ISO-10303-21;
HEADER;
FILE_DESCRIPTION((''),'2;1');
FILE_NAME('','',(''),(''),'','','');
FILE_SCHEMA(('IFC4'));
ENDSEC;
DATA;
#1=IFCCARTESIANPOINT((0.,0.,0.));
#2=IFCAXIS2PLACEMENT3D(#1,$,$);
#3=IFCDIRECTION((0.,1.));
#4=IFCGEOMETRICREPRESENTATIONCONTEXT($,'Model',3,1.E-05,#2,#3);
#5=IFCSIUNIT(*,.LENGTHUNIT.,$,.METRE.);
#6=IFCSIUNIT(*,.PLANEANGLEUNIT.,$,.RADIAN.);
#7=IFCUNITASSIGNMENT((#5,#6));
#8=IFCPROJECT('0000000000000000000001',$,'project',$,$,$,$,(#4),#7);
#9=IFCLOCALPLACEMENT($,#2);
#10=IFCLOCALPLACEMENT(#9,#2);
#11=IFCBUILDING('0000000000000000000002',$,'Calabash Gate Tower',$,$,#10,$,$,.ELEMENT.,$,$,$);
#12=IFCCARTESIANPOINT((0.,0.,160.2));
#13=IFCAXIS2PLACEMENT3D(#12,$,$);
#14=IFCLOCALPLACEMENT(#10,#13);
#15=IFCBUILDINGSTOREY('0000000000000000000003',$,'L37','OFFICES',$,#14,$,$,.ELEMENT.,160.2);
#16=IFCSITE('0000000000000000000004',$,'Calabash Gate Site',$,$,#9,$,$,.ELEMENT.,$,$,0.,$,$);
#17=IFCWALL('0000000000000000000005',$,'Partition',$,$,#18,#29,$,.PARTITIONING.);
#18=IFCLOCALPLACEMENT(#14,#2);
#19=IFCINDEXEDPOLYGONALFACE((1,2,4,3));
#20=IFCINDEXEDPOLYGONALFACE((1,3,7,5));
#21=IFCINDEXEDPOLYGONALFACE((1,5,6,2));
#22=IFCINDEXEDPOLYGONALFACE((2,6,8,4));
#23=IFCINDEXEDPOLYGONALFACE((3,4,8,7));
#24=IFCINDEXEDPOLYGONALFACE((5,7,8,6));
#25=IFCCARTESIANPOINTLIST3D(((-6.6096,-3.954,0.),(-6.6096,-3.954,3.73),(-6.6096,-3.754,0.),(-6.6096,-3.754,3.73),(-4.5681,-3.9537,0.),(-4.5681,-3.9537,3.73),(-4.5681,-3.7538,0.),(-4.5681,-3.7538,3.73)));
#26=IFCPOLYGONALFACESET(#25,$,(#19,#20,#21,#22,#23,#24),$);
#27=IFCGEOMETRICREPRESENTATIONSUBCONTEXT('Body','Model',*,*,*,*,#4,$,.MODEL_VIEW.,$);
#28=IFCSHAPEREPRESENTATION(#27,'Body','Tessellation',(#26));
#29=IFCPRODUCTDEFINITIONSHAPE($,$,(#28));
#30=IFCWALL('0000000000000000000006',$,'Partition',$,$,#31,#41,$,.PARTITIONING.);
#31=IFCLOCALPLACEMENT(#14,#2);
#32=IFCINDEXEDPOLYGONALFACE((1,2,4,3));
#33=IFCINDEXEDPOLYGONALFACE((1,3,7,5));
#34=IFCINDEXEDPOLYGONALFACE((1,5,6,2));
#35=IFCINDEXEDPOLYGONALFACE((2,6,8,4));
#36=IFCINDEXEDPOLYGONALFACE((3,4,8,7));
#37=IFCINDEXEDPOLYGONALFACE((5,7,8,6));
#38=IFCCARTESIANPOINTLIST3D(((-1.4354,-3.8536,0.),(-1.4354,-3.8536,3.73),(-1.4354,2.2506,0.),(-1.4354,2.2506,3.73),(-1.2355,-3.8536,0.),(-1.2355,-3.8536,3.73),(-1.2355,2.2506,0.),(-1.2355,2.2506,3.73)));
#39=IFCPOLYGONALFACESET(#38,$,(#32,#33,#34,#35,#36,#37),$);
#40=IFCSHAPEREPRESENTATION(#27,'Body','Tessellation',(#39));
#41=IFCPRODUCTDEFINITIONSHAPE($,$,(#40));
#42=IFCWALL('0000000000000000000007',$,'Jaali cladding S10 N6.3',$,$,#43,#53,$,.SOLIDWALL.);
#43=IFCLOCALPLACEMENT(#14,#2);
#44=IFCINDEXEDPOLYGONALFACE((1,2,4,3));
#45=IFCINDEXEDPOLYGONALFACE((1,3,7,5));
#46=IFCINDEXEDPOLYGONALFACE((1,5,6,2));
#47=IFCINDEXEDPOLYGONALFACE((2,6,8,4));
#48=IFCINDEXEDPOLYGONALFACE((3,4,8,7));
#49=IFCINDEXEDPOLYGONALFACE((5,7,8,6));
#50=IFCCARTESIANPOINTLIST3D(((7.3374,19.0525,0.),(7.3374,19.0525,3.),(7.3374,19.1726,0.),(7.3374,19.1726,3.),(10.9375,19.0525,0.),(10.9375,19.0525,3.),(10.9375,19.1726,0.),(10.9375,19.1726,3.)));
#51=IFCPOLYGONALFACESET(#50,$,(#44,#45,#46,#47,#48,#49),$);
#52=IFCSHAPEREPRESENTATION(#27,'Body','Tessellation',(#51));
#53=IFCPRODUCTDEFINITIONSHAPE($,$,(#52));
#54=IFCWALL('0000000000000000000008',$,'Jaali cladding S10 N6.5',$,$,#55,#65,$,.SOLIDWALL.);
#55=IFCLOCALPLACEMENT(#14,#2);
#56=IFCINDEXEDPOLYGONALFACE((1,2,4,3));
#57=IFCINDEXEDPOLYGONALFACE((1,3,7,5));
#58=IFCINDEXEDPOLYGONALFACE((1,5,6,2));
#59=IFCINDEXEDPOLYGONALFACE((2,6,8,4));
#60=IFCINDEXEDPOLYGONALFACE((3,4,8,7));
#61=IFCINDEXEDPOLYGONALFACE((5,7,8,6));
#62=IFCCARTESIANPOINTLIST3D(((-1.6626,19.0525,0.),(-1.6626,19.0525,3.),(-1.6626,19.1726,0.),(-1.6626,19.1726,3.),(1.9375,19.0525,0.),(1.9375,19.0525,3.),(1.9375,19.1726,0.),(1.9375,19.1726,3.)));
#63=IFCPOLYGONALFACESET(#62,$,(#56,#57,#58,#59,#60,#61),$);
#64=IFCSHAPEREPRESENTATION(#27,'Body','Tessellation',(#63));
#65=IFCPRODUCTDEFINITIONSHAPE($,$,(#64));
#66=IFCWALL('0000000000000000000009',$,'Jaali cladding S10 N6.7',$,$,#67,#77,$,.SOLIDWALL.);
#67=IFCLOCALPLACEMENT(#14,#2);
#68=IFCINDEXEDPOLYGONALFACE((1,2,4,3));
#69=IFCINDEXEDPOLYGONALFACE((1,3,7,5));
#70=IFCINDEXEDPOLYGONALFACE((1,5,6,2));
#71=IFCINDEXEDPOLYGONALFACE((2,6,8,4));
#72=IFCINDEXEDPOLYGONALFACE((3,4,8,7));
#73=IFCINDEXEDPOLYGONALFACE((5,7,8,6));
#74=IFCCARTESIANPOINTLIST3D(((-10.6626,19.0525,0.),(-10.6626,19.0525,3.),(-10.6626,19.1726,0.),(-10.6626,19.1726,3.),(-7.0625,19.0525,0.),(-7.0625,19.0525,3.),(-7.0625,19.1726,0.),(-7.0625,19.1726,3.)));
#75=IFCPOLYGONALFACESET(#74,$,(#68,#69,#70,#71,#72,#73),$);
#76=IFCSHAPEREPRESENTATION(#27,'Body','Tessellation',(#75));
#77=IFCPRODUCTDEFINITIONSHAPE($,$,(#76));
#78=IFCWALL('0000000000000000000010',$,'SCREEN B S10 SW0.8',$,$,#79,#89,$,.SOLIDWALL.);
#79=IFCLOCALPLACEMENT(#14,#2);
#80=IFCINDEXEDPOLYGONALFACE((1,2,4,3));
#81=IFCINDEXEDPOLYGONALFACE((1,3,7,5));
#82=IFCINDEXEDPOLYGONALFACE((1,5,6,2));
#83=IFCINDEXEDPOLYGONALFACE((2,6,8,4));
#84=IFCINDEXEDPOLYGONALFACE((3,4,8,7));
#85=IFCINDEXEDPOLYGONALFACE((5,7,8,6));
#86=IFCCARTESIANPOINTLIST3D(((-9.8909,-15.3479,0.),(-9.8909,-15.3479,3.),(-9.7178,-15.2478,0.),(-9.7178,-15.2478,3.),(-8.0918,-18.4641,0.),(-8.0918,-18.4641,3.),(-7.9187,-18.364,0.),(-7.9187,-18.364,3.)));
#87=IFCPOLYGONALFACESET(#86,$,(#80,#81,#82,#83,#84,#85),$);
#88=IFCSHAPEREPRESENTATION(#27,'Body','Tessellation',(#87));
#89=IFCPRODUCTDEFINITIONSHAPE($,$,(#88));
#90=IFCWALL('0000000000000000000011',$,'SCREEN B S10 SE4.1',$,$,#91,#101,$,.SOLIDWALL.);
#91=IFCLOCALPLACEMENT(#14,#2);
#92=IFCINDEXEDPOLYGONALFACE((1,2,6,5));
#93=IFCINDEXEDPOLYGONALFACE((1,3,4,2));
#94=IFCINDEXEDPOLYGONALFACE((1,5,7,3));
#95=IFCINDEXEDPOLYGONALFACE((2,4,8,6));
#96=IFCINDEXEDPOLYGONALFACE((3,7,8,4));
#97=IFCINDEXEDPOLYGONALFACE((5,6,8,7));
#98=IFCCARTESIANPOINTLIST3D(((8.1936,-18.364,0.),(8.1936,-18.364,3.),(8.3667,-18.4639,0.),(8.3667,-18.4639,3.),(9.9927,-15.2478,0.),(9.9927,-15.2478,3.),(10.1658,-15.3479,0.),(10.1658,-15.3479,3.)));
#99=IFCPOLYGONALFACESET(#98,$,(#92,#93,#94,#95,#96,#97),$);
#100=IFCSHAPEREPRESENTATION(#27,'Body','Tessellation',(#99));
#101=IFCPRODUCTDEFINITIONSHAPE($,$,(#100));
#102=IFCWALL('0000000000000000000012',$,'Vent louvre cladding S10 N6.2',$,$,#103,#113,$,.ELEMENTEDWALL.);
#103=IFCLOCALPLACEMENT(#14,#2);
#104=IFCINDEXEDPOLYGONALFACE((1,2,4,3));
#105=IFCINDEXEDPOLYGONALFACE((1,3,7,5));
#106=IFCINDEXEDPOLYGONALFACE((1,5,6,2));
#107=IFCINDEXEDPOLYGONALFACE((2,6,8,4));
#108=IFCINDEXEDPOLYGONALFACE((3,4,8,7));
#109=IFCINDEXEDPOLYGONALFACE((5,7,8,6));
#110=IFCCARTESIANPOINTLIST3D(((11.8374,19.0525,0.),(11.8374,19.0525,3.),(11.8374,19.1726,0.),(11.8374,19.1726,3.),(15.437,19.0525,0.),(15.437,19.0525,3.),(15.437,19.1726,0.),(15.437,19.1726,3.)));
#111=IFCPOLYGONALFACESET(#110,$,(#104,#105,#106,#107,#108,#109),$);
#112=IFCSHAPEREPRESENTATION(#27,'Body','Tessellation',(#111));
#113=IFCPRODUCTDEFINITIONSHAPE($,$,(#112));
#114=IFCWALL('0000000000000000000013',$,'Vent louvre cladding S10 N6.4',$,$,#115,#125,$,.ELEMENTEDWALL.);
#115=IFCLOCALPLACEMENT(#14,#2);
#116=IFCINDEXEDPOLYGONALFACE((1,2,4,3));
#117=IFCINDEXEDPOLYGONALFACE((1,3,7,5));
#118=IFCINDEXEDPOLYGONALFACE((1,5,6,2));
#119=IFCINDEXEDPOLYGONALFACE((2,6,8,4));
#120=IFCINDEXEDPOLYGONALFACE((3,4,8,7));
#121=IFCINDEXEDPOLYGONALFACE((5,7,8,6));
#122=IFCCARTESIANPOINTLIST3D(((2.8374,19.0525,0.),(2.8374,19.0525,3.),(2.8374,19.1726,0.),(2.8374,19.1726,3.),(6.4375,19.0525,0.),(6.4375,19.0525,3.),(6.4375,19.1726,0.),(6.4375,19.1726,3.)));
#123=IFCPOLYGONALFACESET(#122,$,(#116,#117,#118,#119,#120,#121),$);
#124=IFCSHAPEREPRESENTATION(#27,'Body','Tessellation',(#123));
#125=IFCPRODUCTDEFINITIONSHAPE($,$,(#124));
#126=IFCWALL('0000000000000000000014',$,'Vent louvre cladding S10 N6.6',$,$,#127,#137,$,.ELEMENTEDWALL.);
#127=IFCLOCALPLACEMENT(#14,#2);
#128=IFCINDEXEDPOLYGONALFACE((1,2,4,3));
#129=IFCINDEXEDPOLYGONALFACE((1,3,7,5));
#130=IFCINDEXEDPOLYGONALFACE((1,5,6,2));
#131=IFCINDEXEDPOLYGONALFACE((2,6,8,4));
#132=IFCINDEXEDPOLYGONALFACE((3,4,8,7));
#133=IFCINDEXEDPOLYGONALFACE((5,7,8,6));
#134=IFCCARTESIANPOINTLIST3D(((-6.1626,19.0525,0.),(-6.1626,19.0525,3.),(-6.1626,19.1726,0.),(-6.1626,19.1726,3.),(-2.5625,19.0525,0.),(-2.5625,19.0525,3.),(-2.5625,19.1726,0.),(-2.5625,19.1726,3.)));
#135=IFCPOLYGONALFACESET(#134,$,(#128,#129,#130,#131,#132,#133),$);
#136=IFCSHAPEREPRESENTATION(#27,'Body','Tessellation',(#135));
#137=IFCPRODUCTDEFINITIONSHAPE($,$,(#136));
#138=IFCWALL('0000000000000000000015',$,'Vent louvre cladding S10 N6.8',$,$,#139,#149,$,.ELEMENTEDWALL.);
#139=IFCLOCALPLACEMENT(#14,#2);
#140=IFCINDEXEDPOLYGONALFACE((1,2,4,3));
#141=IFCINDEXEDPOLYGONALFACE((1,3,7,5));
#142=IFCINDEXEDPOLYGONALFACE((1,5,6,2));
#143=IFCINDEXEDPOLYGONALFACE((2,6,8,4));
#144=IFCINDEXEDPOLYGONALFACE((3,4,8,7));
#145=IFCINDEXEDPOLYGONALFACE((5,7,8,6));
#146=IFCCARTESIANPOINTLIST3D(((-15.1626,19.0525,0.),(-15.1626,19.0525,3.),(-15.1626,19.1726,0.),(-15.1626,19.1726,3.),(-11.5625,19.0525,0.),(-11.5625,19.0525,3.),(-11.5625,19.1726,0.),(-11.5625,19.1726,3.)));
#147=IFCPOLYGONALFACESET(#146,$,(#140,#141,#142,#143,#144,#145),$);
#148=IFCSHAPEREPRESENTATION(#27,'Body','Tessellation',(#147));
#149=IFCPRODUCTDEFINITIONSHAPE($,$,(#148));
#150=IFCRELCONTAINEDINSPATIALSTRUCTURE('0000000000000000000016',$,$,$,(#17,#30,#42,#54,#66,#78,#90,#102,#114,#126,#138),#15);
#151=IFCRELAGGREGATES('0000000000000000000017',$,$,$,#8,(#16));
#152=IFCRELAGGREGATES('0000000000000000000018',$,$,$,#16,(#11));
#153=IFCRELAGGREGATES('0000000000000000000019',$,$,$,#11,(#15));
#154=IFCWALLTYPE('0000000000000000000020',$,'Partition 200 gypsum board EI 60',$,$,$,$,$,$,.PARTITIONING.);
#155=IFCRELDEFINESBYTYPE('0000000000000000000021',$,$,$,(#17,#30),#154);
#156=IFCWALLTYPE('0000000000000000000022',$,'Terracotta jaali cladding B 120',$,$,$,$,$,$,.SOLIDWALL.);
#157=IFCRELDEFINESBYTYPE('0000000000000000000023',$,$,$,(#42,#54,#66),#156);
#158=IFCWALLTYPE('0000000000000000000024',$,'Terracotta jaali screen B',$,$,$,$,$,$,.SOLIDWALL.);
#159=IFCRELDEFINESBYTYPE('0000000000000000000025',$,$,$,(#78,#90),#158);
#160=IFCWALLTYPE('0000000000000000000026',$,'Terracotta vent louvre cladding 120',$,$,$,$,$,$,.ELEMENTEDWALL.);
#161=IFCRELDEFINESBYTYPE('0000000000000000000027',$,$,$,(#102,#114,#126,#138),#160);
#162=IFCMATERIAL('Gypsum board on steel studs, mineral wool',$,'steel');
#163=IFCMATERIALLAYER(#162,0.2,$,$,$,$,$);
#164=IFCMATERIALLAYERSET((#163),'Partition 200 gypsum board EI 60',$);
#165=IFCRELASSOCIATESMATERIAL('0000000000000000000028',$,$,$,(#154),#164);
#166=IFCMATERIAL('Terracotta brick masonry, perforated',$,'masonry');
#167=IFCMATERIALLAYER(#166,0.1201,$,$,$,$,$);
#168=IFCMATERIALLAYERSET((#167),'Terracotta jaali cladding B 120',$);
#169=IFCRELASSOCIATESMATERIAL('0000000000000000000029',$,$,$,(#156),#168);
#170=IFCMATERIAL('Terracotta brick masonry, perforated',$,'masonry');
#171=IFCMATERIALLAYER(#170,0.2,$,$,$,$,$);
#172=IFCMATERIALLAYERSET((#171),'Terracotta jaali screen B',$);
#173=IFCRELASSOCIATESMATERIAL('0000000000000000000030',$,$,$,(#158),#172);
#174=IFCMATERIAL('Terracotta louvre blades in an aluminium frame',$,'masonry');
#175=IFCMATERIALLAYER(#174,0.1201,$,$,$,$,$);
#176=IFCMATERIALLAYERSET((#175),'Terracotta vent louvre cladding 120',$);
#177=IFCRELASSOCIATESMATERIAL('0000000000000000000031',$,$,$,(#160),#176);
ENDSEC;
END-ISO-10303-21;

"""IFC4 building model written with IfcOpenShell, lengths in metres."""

from ifc_helpers import new_model, si_unit, direction, frame, frame_2d, origin, place, context, subcontext, project, spatial, polyline, rectangle, outline, extrude, material, layer, layer_set, type_object, element, save


model = new_model("IFC4")

# Units and contexts
model_context = context("Model", 3, precision=1e-05, world=origin(), true_north=direction((0.0, 1.0)))
body_context = subcontext(model_context, "Body", "Model", "MODEL_VIEW")
ifc_project = project(units=[si_unit("LENGTHUNIT", "METRE"), si_unit("PLANEANGLEUNIT", "RADIAN")], contexts=[model_context])

# Site, building, storey
site_placement = place(None, origin())
site = spatial("IfcSite", under=ifc_project, at=site_placement, Name="Calabash Gate Site", CompositionType="ELEMENT", RefElevation=0.0)
building_placement = place(site_placement, origin())
building = spatial("IfcBuilding", under=site, at=building_placement, Name="Calabash Gate Tower", CompositionType="ELEMENT")
storey_placement = place(building_placement, frame((0.0, 0.0, 160.2)))
storey = spatial("IfcBuildingStorey", under=building, at=storey_placement, Name="L37", Description="OFFICES", CompositionType="ELEMENT", Elevation=160.2)

# Walls
ifc_material_1 = material(Name="Gypsum board on steel studs, mineral wool", Category="steel")
ifc_layer_1 = layer(ifc_material_1, 0.2)
ifc_layer_set_1 = layer_set([ifc_layer_1], Name="Partition 200 gypsum board EI 60")
wall_type_1 = type_object("IfcWallType", Name="Partition 200 gypsum board EI 60", PredefinedType="PARTITIONING", material=ifc_layer_set_1)
wall_1_placement = place(storey_placement, frame((-6.6096, -3.854, 0.0), z_axis=(0.0, 0.0, 1.0), x_axis=(1.0, 0.00012, 0.0)))
element("IfcWall", 1, at=wall_1_placement, inside=storey, type_object=wall_type_1, Name="Partition", PredefinedType="PARTITIONING", context=body_context, shape_type="SweptSolid", body=[
    extrude(rectangle(XDim=2.0415, YDim=0.2, at=frame_2d((1.0208, 0.0))), origin(), (0.0, 0.0, 1.0), 3.73),
])
wall_2_placement = place(storey_placement, frame((-1.3354, -3.8538, 0.0), z_axis=(0.0, 0.0, 1.0), x_axis=(0.0, 1.0, 0.0)))
element("IfcWall", 2, at=wall_2_placement, inside=storey, type_object=wall_type_1, Name="Partition", PredefinedType="PARTITIONING", context=body_context, shape_type="SweptSolid", body=[
    extrude(rectangle(XDim=6.1042, YDim=0.2, at=frame_2d((3.0522, 0.0))), origin(), (0.0, 0.0, 1.0), 3.73),
])
ifc_material_2 = material(Name="Terracotta brick masonry, perforated", Category="masonry")
ifc_layer_2 = layer(ifc_material_2, 0.1201)
ifc_layer_set_2 = layer_set([ifc_layer_2], Name="Terracotta jaali cladding B 120")
wall_type_2 = type_object("IfcWallType", Name="Terracotta jaali cladding B 120", PredefinedType="SOLIDWALL", material=ifc_layer_set_2)
wall_3_placement = place(storey_placement, origin())
element("IfcWall", 3, at=wall_3_placement, inside=storey, type_object=wall_type_2, Name="Jaali cladding S10 N6.3", PredefinedType="SOLIDWALL", context=body_context, shape_type="SweptSolid", body=[
    extrude(outline(polyline([(7.3374, 19.1726), (7.3374, 19.0525), (10.9375, 19.0525), (10.9375, 19.1726), (7.3374, 19.1726)])), origin(), (0.0, 0.0, 1.0), 3.0),
])
wall_4_placement = place(storey_placement, origin())
element("IfcWall", 4, at=wall_4_placement, inside=storey, type_object=wall_type_2, Name="Jaali cladding S10 N6.5", PredefinedType="SOLIDWALL", context=body_context, shape_type="SweptSolid", body=[
    extrude(outline(polyline([(-1.6626, 19.1726), (-1.6626, 19.0525), (1.9375, 19.0525), (1.9375, 19.1726), (-1.6626, 19.1726)])), origin(), (0.0, 0.0, 1.0), 3.0),
])
wall_5_placement = place(storey_placement, origin())
element("IfcWall", 5, at=wall_5_placement, inside=storey, type_object=wall_type_2, Name="Jaali cladding S10 N6.7", PredefinedType="SOLIDWALL", context=body_context, shape_type="SweptSolid", body=[
    extrude(outline(polyline([(-10.6626, 19.1726), (-10.6626, 19.0525), (-7.0625, 19.0525), (-7.0625, 19.1726), (-10.6626, 19.1726)])), origin(), (0.0, 0.0, 1.0), 3.0),
])
ifc_material_3 = material(Name="Terracotta brick masonry, perforated", Category="masonry")
ifc_layer_3 = layer(ifc_material_3, 0.2)
ifc_layer_set_3 = layer_set([ifc_layer_3], Name="Terracotta jaali screen B")
wall_type_3 = type_object("IfcWallType", Name="Terracotta jaali screen B", PredefinedType="SOLIDWALL", material=ifc_layer_set_3)
wall_6_placement = place(storey_placement, origin())
element("IfcWall", 6, at=wall_6_placement, inside=storey, type_object=wall_type_3, Name="SCREEN B S10 SW0.8", PredefinedType="SOLIDWALL", context=body_context, shape_type="SweptSolid", body=[
    extrude(outline(polyline([(-9.8909, -15.3479), (-8.0918, -18.4641), (-7.9187, -18.364), (-9.7178, -15.2478), (-9.8909, -15.3479)])), origin(), (0.0, 0.0, 1.0), 3.0),
])
wall_7_placement = place(storey_placement, origin())
element("IfcWall", 7, at=wall_7_placement, inside=storey, type_object=wall_type_3, Name="SCREEN B S10 SE4.1", PredefinedType="SOLIDWALL", context=body_context, shape_type="SweptSolid", body=[
    extrude(outline(polyline([(9.9927, -15.2478), (8.1936, -18.364), (8.3667, -18.4639), (10.1658, -15.3479), (9.9927, -15.2478)])), origin(), (0.0, 0.0, 1.0), 3.0),
])
ifc_material_4 = material(Name="Terracotta louvre blades in an aluminium frame", Category="masonry")
ifc_layer_4 = layer(ifc_material_4, 0.1201)
ifc_layer_set_4 = layer_set([ifc_layer_4], Name="Terracotta vent louvre cladding 120")
wall_type_4 = type_object("IfcWallType", Name="Terracotta vent louvre cladding 120", PredefinedType="ELEMENTEDWALL", material=ifc_layer_set_4)
wall_8_placement = place(storey_placement, origin())
element("IfcWall", 8, at=wall_8_placement, inside=storey, type_object=wall_type_4, Name="Vent louvre cladding S10 N6.2", PredefinedType="ELEMENTEDWALL", context=body_context, shape_type="SweptSolid", body=[
    extrude(outline(polyline([(11.8374, 19.1726), (11.8374, 19.0525), (15.437, 19.0525), (15.437, 19.1726), (11.8374, 19.1726)])), origin(), (0.0, 0.0, 1.0), 3.0),
])
wall_9_placement = place(storey_placement, origin())
element("IfcWall", 9, at=wall_9_placement, inside=storey, type_object=wall_type_4, Name="Vent louvre cladding S10 N6.4", PredefinedType="ELEMENTEDWALL", context=body_context, shape_type="SweptSolid", body=[
    extrude(outline(polyline([(2.8374, 19.1726), (2.8374, 19.0525), (6.4375, 19.0525), (6.4375, 19.1726), (2.8374, 19.1726)])), origin(), (0.0, 0.0, 1.0), 3.0),
])
wall_10_placement = place(storey_placement, origin())
element("IfcWall", 10, at=wall_10_placement, inside=storey, type_object=wall_type_4, Name="Vent louvre cladding S10 N6.6", PredefinedType="ELEMENTEDWALL", context=body_context, shape_type="SweptSolid", body=[
    extrude(outline(polyline([(-6.1626, 19.1726), (-6.1626, 19.0525), (-2.5625, 19.0525), (-2.5625, 19.1726), (-6.1626, 19.1726)])), origin(), (0.0, 0.0, 1.0), 3.0),
])
wall_11_placement = place(storey_placement, origin())
element("IfcWall", 11, at=wall_11_placement, inside=storey, type_object=wall_type_4, Name="Vent louvre cladding S10 N6.8", PredefinedType="ELEMENTEDWALL", context=body_context, shape_type="SweptSolid", body=[
    extrude(outline(polyline([(-15.1626, 19.1726), (-15.1626, 19.0525), (-11.5625, 19.0525), (-11.5625, 19.1726), (-15.1626, 19.1726)])), origin(), (0.0, 0.0, 1.0), 3.0),
])

save(model, "model.ifc")
